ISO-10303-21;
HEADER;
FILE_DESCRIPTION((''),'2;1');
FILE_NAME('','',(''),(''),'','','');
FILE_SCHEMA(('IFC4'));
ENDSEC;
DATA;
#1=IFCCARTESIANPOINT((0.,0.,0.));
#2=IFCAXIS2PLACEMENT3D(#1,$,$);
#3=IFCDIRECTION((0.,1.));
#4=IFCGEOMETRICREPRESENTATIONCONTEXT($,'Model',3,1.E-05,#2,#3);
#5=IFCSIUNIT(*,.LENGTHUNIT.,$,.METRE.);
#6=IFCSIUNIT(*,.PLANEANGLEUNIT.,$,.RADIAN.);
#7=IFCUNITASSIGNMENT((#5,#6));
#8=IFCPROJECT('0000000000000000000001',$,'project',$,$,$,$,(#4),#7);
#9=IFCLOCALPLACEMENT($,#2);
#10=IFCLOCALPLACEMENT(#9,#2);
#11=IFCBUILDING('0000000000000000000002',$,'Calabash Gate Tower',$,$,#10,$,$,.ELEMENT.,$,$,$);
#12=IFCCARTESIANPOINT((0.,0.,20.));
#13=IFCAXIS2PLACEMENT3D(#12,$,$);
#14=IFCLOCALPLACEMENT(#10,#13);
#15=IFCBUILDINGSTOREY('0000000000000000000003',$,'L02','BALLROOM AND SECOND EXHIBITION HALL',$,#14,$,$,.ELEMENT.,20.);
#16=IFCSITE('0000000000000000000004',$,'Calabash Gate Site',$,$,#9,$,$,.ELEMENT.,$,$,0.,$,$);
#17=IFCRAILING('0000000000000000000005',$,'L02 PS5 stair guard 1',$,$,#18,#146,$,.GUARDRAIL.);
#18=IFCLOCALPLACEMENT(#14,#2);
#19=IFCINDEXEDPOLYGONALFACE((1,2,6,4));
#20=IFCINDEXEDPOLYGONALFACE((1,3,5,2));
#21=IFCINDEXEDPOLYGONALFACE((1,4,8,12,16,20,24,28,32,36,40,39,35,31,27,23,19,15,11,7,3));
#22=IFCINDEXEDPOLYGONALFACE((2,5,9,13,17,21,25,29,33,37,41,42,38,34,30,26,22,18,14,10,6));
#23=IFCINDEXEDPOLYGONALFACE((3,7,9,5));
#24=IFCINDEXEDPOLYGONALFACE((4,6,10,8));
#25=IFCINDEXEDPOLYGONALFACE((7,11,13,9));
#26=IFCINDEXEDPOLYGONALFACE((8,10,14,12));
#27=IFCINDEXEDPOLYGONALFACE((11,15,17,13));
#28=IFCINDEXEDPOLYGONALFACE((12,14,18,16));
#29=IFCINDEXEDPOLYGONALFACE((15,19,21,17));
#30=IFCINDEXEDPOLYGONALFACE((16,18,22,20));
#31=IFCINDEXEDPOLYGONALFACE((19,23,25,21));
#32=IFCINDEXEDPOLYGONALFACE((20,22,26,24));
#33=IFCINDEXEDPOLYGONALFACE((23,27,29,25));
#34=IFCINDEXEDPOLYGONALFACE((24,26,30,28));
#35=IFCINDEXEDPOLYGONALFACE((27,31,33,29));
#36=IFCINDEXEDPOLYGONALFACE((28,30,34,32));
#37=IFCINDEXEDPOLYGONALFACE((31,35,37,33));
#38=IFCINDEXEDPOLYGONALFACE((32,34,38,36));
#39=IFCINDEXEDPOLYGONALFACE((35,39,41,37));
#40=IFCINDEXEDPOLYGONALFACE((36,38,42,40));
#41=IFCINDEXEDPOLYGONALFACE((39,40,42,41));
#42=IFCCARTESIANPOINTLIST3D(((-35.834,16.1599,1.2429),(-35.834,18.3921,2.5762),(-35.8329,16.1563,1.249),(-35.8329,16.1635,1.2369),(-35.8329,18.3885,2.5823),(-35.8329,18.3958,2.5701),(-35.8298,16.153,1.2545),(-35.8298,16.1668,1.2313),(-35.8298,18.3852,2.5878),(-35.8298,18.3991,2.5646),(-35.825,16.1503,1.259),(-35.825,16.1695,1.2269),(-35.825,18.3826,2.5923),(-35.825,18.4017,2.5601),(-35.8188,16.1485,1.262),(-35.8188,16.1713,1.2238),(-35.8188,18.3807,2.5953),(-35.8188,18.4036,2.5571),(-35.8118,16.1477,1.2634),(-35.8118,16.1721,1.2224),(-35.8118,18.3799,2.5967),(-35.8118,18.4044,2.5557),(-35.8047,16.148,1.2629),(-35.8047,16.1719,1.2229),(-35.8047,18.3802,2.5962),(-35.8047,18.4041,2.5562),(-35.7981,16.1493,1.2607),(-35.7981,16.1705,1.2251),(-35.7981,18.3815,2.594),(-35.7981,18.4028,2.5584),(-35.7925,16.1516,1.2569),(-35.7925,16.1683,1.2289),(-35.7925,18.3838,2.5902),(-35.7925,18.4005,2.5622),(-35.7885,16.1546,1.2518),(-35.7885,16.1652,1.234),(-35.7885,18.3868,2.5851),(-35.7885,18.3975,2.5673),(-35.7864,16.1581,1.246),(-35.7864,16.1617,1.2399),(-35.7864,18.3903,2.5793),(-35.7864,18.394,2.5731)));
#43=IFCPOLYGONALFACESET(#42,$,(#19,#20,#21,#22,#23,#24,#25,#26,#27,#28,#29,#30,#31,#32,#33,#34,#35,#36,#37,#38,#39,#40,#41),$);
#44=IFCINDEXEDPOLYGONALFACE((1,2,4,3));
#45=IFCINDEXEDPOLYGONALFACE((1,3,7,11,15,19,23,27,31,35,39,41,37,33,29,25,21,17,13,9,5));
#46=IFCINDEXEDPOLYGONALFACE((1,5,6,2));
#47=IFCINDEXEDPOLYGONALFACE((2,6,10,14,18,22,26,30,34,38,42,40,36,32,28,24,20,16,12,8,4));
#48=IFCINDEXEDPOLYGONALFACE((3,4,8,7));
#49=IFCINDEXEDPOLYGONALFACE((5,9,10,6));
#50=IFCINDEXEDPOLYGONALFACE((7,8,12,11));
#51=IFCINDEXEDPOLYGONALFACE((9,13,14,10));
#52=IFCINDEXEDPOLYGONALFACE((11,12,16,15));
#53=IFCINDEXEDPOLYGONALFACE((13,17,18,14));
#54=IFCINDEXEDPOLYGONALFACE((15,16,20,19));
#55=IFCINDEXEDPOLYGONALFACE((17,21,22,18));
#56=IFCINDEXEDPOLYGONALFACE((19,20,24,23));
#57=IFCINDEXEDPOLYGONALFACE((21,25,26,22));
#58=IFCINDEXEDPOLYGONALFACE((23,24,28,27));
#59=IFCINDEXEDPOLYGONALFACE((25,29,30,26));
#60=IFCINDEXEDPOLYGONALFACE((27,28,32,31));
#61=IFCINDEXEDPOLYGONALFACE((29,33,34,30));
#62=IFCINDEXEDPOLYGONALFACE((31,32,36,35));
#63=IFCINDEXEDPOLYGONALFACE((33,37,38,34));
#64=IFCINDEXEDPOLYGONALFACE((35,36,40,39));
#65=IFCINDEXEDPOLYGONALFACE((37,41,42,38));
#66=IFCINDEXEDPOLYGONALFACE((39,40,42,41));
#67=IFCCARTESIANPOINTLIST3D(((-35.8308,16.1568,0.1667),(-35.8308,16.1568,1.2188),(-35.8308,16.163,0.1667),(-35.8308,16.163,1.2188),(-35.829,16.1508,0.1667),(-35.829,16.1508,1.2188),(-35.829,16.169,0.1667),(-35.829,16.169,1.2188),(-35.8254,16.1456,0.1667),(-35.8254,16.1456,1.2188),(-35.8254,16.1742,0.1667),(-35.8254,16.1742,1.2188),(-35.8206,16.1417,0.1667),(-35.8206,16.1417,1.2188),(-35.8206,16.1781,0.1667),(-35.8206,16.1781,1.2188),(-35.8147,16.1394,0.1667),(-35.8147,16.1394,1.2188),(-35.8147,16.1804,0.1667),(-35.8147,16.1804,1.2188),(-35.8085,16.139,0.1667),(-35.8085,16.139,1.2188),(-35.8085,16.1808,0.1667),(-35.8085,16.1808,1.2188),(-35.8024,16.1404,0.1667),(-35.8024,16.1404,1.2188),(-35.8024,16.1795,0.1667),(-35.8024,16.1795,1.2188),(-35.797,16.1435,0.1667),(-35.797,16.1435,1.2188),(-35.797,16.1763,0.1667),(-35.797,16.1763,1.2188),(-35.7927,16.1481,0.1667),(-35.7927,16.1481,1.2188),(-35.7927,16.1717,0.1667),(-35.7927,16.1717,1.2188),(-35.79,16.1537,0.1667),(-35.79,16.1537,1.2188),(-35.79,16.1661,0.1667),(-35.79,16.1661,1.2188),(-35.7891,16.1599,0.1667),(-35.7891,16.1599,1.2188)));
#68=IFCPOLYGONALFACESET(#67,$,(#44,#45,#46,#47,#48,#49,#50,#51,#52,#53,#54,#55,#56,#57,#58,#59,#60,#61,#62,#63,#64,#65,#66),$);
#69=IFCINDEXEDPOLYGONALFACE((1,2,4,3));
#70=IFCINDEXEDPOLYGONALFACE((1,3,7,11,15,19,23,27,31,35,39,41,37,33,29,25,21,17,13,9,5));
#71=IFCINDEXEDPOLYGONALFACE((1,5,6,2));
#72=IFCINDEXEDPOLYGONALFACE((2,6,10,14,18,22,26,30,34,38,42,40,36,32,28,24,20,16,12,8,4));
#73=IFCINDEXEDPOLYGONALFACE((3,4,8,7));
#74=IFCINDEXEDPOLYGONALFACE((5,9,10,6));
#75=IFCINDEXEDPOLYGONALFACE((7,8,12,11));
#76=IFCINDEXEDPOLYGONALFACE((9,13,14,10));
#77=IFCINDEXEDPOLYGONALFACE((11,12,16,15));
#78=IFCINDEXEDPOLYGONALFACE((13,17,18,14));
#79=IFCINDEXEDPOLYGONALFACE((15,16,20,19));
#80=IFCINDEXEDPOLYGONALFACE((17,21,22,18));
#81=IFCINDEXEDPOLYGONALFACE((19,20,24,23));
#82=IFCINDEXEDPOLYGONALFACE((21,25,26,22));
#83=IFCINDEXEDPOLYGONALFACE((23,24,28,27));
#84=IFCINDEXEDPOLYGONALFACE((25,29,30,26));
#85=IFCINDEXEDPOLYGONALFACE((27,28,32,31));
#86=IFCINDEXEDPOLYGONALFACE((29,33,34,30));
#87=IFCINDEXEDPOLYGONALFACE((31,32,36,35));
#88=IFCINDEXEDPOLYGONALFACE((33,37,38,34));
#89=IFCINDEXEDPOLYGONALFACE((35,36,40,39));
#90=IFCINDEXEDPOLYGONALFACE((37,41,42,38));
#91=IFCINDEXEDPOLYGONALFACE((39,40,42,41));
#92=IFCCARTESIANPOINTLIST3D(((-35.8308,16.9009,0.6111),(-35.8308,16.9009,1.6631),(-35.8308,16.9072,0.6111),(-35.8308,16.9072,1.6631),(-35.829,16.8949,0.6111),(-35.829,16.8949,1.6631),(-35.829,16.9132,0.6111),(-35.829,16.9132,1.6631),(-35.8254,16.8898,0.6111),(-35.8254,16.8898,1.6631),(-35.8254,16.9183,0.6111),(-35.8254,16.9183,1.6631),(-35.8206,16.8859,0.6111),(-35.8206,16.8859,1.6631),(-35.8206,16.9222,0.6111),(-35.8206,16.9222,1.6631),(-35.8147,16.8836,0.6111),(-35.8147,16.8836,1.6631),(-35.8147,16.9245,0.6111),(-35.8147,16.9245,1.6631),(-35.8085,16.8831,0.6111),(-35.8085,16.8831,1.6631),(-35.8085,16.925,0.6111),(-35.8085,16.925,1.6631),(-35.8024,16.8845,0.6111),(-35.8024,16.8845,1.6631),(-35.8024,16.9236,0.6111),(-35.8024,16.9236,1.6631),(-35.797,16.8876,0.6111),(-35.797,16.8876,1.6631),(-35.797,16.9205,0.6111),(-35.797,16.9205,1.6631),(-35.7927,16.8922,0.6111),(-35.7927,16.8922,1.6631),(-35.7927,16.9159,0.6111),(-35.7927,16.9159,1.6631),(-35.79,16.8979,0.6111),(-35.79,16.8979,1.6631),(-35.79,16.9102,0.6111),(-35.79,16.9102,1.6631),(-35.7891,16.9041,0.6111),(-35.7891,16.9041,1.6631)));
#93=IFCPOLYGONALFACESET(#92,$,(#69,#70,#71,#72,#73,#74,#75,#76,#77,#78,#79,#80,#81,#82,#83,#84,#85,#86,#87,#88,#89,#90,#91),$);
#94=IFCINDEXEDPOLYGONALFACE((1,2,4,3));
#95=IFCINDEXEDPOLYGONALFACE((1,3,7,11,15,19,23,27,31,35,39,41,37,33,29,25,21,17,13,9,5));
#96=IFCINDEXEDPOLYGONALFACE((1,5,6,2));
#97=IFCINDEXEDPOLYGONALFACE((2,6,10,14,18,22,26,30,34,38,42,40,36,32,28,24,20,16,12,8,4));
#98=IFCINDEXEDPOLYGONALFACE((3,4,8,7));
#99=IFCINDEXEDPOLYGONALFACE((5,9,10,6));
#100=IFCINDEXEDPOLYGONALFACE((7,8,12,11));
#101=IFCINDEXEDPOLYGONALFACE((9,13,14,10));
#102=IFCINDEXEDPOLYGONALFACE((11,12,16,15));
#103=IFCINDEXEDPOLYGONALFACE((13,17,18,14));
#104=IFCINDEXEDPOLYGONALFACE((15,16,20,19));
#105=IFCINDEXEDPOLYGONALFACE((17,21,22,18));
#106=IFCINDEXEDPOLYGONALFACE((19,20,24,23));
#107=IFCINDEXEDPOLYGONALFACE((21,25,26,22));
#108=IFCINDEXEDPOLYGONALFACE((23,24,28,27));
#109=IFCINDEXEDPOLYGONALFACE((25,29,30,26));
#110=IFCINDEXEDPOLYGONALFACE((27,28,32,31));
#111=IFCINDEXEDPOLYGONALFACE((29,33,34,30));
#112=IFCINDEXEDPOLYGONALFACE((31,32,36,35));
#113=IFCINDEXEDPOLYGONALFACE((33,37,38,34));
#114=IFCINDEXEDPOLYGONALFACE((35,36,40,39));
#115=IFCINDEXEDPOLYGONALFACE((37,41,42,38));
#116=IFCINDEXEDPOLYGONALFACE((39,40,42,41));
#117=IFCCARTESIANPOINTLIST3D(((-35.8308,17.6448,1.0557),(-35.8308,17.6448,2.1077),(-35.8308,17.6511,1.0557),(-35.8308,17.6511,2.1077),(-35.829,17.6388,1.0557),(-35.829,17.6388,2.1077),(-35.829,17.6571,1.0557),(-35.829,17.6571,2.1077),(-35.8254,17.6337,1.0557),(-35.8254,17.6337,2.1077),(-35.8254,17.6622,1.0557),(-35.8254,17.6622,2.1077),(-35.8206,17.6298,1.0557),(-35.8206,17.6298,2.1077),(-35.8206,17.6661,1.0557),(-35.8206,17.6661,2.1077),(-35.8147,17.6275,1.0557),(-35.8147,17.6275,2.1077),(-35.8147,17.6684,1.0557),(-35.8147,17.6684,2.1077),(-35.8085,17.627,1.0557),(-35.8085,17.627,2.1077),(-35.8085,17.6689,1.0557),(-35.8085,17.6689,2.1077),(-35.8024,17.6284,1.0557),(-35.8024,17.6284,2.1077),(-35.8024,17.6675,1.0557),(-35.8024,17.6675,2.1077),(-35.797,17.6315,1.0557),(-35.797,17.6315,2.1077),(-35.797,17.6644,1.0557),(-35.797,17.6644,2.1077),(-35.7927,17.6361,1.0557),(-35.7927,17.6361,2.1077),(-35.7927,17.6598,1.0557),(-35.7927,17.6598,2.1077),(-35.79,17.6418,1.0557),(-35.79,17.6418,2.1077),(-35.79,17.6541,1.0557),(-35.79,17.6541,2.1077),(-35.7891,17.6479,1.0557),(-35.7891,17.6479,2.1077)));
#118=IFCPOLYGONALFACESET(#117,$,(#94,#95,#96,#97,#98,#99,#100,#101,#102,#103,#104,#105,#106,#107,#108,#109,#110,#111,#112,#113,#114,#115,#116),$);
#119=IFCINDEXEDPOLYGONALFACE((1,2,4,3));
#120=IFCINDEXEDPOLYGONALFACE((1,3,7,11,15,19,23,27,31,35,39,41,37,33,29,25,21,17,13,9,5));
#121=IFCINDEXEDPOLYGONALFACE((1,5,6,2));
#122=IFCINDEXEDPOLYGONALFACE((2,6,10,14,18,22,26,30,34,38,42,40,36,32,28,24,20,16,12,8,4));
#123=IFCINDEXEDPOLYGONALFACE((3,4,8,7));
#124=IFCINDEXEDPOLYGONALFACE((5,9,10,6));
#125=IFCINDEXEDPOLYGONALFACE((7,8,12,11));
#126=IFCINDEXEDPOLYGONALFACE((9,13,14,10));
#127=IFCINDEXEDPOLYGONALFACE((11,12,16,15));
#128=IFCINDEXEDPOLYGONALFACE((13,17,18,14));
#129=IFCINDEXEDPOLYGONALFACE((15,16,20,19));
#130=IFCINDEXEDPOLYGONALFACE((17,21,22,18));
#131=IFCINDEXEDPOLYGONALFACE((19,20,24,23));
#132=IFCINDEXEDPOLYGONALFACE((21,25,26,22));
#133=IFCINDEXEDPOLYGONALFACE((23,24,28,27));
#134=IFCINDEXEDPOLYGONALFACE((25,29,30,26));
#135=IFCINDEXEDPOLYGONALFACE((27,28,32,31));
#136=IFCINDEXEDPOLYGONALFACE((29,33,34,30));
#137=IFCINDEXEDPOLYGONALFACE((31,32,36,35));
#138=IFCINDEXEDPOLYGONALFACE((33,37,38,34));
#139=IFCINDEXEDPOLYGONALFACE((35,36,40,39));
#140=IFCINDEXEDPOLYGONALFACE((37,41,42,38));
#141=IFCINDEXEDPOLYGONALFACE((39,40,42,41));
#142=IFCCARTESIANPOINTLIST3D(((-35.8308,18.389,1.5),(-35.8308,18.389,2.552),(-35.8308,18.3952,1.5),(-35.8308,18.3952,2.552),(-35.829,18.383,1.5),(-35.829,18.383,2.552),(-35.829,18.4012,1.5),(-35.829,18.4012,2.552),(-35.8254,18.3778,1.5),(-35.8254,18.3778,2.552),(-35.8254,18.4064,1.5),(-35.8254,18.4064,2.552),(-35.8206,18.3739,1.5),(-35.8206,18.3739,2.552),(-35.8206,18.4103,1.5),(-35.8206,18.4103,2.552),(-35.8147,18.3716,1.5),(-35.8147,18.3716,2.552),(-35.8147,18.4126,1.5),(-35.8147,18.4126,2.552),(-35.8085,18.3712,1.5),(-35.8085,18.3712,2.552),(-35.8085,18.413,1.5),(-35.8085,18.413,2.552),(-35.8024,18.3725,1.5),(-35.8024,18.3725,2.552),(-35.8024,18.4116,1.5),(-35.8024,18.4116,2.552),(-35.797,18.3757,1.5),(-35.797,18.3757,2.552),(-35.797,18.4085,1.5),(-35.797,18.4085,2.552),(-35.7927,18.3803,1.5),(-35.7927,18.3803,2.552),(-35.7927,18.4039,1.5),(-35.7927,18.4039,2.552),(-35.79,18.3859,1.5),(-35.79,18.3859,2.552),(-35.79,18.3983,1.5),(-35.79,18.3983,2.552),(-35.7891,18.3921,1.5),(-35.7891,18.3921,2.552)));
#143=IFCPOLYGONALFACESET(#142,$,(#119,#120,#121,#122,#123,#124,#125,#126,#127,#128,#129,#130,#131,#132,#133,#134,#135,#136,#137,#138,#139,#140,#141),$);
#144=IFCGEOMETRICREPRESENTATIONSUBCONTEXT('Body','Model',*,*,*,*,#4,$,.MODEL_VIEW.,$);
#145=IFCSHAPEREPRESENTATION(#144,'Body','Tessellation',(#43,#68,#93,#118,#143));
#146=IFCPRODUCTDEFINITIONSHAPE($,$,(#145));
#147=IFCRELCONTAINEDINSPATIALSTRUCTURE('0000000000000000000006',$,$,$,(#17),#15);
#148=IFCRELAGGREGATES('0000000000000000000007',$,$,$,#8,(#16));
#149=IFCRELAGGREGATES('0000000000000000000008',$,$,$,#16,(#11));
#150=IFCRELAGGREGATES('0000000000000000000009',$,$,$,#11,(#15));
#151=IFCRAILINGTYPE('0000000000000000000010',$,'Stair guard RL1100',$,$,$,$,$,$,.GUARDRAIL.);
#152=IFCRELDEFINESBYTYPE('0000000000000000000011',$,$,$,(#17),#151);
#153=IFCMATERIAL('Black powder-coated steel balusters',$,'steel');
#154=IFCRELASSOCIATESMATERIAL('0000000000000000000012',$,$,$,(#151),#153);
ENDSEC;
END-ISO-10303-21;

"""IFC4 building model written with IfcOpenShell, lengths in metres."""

from ifc_helpers import new_model, si_unit, direction, frame, origin, origin_2d, place, context, subcontext, project, spatial, circle, extrude, material, type_object, element, save


model = new_model("IFC4")

# Units and contexts
model_context = context("Model", 3, precision=1e-05, world=origin(), true_north=direction((0.0, 1.0)))
body_context = subcontext(model_context, "Body", "Model", "MODEL_VIEW")
ifc_project = project(units=[si_unit("LENGTHUNIT", "METRE"), si_unit("PLANEANGLEUNIT", "RADIAN")], contexts=[model_context])

# Site, building, storey
site_placement = place(None, origin())
site = spatial("IfcSite", under=ifc_project, at=site_placement, Name="Calabash Gate Site", CompositionType="ELEMENT", RefElevation=0.0)
building_placement = place(site_placement, origin())
building = spatial("IfcBuilding", under=site, at=building_placement, Name="Calabash Gate Tower", CompositionType="ELEMENT")
storey_placement = place(building_placement, frame((0.0, 0.0, 20.0)))
storey = spatial("IfcBuildingStorey", under=building, at=storey_placement, Name="L02", Description="BALLROOM AND SECOND EXHIBITION HALL", CompositionType="ELEMENT", Elevation=20.0)

# Railing
ifc_material_1 = material(Name="Black powder-coated steel balusters", Category="steel")
railing_type_1 = type_object("IfcRailingType", Name="Stair guard RL1100", PredefinedType="GUARDRAIL", material=ifc_material_1)
railing_1_placement = place(storey_placement, frame((-35.8101, 16.1599, 0.1667)))
element("IfcRailing", 1, at=railing_1_placement, inside=storey, type_object=railing_type_1, Name="L02 PS5 stair guard 1", PredefinedType="GUARDRAIL", context=body_context, shape_type="SweptSolid", body=[
    extrude(circle(Radius=0.0239, at=origin_2d()), frame((0.0, 0.0, 1.0762), z_axis=(0.0, 0.858519, 0.512782), x_axis=(-1.0, 0.0, 0.0)), (0.0, 0.0, 1.0), 2.6001),
    extrude(circle(Radius=0.021, at=origin_2d()), origin(), (0.0, 0.0, 1.0), 1.052),
    extrude(circle(Radius=0.021, at=origin_2d()), frame((0.0, 0.7441, 0.4443)), (0.0, 0.0, 1.0), 1.052),
    extrude(circle(Radius=0.021, at=origin_2d()), frame((0.0, 1.488, 0.8889)), (0.0, 0.0, 1.0), 1.052),
    extrude(circle(Radius=0.021, at=origin_2d()), frame((0.0, 2.2322, 1.3333)), (0.0, 0.0, 1.0), 1.052),
])

save(model, "model.ifc")
